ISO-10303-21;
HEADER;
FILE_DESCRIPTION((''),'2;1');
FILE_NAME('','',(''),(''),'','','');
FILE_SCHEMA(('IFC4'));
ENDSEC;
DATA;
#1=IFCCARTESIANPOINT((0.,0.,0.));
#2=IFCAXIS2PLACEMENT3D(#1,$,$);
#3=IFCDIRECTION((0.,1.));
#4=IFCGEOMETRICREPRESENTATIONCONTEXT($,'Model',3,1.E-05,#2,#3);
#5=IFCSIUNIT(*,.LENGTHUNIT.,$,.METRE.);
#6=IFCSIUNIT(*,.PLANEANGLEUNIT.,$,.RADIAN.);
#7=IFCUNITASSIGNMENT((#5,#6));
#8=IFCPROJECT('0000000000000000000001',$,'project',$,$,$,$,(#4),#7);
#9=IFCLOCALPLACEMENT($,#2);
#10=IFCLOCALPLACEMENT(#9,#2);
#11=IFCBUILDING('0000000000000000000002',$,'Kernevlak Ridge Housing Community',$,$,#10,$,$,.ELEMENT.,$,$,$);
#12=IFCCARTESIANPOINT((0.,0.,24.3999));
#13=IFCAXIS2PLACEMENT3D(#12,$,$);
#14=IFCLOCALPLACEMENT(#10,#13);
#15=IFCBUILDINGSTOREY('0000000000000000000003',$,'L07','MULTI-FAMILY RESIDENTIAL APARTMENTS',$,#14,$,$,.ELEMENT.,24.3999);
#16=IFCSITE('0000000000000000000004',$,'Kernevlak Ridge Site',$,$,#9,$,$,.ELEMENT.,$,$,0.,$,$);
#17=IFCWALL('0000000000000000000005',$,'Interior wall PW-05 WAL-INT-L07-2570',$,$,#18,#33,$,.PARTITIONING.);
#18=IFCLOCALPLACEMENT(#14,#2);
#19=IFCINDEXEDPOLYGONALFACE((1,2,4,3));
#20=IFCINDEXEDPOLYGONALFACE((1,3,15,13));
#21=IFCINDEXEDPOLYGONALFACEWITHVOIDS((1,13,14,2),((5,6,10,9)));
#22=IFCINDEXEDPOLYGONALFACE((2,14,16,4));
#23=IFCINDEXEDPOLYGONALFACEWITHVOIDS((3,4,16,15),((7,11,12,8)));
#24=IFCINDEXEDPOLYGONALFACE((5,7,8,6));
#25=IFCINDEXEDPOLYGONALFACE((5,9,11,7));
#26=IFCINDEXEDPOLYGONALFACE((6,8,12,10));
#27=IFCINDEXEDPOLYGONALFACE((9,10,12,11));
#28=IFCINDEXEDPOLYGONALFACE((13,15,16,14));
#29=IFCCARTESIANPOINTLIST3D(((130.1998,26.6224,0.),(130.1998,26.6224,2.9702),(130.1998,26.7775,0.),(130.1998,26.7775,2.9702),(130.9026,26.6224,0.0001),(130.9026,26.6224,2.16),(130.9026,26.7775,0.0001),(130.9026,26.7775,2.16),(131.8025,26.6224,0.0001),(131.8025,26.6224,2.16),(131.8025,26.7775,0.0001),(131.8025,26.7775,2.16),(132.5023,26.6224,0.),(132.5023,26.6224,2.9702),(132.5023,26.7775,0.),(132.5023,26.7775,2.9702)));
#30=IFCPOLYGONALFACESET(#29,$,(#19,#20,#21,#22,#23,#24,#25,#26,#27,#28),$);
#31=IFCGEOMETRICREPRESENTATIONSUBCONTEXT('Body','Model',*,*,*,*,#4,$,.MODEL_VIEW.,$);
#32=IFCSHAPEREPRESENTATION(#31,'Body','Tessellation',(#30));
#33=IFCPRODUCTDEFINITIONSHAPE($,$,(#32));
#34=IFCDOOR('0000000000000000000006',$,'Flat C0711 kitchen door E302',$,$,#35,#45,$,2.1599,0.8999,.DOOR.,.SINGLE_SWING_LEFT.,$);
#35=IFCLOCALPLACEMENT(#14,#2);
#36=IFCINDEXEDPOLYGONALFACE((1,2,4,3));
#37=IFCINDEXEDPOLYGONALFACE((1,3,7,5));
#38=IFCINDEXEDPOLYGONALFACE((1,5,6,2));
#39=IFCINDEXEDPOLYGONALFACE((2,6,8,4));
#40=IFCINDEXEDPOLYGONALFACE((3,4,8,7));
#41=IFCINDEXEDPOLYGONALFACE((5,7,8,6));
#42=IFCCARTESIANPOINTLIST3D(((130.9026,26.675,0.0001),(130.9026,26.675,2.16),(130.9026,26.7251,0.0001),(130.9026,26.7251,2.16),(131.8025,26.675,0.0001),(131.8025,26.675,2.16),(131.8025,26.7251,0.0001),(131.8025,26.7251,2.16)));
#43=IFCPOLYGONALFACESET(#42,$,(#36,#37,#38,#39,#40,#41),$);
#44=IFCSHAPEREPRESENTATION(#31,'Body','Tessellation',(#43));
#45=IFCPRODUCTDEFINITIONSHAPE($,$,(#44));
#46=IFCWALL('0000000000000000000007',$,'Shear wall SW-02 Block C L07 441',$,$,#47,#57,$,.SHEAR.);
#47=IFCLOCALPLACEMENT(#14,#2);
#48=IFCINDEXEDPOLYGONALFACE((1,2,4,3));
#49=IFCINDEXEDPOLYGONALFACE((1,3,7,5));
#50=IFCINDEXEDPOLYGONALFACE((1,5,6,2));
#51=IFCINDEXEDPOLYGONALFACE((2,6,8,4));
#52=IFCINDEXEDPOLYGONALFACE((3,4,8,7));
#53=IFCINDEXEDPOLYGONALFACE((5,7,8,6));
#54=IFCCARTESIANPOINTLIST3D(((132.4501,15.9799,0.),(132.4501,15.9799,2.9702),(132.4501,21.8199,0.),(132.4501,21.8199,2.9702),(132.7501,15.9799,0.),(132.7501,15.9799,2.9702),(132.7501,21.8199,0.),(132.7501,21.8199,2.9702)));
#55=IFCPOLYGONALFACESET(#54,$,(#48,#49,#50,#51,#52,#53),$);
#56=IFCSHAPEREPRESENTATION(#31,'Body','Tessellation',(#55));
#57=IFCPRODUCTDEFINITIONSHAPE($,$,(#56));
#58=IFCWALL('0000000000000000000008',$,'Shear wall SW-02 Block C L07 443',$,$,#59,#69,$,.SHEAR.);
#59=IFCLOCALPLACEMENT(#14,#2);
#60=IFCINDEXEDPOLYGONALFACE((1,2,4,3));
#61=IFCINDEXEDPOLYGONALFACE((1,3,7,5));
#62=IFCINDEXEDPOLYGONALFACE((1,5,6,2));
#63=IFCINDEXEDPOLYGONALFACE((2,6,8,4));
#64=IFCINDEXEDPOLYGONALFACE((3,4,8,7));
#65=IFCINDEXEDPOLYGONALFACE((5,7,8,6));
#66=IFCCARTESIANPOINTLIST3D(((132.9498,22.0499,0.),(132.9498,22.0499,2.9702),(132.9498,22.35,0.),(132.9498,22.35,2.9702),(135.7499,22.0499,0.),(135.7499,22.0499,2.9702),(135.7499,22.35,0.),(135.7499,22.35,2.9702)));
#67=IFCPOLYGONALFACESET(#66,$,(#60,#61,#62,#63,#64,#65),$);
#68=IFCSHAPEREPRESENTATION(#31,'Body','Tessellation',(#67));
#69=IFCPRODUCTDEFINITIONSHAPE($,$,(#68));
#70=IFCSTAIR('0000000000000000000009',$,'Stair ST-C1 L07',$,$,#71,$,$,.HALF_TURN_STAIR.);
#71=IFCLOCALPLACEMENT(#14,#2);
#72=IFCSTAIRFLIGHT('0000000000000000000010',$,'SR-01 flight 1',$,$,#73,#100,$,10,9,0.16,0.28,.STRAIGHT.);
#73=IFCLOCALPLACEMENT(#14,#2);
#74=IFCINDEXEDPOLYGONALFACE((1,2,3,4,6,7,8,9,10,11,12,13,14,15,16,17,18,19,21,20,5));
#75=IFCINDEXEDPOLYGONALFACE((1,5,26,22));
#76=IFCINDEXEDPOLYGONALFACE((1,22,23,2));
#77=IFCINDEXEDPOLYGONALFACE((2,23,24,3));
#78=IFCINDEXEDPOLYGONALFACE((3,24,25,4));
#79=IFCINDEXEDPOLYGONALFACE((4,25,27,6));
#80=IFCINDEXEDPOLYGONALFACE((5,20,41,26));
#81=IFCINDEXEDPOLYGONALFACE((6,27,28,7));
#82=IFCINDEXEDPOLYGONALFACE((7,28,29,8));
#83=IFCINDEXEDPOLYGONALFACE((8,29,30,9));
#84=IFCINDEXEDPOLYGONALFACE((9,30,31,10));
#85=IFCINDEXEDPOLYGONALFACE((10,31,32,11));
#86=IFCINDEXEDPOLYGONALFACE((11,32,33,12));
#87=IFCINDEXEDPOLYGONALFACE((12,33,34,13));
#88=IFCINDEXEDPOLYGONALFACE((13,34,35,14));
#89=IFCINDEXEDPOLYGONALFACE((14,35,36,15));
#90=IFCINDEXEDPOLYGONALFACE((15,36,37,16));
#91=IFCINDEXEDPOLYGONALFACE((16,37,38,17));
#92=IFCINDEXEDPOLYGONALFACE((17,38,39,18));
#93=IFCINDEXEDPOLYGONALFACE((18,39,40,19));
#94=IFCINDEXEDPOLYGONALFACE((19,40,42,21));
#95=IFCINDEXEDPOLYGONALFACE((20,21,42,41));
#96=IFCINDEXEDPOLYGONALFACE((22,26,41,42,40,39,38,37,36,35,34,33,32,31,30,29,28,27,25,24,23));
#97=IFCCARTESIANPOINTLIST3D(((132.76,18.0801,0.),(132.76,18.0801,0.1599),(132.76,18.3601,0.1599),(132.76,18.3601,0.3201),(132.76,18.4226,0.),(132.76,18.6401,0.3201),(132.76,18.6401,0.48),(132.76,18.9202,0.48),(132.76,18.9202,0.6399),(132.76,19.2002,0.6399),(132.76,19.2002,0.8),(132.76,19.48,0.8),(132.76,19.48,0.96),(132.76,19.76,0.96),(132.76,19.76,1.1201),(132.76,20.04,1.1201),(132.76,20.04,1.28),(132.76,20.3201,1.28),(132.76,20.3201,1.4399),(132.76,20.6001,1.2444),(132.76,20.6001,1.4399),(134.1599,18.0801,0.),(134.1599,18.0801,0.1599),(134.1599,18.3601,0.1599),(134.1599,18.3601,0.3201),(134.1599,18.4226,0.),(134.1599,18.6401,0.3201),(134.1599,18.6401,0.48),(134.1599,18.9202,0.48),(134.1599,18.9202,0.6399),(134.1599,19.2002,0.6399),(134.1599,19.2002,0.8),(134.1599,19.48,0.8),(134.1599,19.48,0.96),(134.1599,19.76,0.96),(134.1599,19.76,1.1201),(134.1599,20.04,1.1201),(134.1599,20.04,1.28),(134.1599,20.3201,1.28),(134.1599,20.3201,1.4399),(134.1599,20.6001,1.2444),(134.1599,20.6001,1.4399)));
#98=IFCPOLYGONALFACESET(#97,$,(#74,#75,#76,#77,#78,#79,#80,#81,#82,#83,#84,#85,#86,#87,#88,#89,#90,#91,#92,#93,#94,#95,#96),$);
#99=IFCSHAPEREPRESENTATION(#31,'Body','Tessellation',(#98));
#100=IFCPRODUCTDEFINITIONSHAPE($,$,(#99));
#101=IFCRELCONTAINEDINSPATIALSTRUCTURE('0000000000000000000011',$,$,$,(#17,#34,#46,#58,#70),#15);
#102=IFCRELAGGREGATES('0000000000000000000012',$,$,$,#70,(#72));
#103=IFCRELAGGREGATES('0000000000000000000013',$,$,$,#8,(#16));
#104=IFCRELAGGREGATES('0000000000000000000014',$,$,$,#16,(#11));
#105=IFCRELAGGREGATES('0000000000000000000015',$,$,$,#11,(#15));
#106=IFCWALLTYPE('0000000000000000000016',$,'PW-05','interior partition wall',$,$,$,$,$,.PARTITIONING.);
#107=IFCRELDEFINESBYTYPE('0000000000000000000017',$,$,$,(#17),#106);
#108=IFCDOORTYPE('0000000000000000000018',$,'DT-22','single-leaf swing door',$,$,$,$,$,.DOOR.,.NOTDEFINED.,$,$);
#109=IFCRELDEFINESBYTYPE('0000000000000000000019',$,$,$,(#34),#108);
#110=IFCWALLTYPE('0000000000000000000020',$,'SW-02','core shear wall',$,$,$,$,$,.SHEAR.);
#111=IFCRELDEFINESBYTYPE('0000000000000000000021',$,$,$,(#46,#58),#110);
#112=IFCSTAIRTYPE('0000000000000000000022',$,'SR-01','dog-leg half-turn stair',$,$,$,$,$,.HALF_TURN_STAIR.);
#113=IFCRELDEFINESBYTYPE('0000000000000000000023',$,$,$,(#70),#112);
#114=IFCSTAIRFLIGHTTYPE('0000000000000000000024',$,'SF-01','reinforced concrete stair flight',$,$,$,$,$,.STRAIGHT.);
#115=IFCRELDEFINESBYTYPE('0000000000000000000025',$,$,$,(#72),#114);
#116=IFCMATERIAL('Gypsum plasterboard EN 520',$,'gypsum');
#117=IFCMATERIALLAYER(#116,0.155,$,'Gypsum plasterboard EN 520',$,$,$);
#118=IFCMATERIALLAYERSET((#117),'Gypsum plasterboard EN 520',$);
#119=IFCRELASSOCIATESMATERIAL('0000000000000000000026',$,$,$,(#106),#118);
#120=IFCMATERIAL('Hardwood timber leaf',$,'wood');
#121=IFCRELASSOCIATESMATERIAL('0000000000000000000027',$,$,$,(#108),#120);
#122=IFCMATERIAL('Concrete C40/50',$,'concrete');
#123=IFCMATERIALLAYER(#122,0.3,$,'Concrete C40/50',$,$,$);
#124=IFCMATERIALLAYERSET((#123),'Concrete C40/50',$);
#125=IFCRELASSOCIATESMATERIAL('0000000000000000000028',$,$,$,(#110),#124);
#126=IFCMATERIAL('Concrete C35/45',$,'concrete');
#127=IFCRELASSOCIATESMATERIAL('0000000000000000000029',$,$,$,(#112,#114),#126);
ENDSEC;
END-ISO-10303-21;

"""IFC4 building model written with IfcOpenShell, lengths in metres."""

from ifc_helpers import new_model, si_unit, direction, frame, frame_2d, origin, place, context, subcontext, project, spatial, polyline, rectangle, outline, extrude, material, layer, layer_set, type_object, element, fill, aggregate, save


model = new_model("IFC4")

# Units and contexts
model_context = context("Model", 3, precision=1e-05, world=origin(), true_north=direction((0.0, 1.0)))
body_context = subcontext(model_context, "Body", "Model", "MODEL_VIEW")
ifc_project = project(units=[si_unit("LENGTHUNIT", "METRE"), si_unit("PLANEANGLEUNIT", "RADIAN")], contexts=[model_context])

# Site, building, storey
site_placement = place(None, origin())
site = spatial("IfcSite", under=ifc_project, at=site_placement, Name="Kernevlak Ridge Site", CompositionType="ELEMENT", RefElevation=0.0)
building_placement = place(site_placement, origin())
building = spatial("IfcBuilding", under=site, at=building_placement, Name="Kernevlak Ridge Housing Community", CompositionType="ELEMENT")
storey_placement = place(building_placement, frame((0.0, 0.0, 24.3999)))
storey = spatial("IfcBuildingStorey", under=building, at=storey_placement, Name="L07", Description="MULTI-FAMILY RESIDENTIAL APARTMENTS", CompositionType="ELEMENT", Elevation=24.3999)

# Shared definitions
ifc_material_1 = material(Name="Concrete C35/45", Category="concrete")

# Shared definitions
ifc_material_2 = material(Name="Gypsum plasterboard EN 520", Category="gypsum")

# Wall, opening, door
ifc_layer_1 = layer(ifc_material_2, 0.155, Name="Gypsum plasterboard EN 520")
ifc_layer_set_1 = layer_set([ifc_layer_1], Name="Gypsum plasterboard EN 520")
wall_type_1 = type_object("IfcWallType", Name="PW-05", Description="interior partition wall", PredefinedType="PARTITIONING", material=ifc_layer_set_1)
wall_1_placement = place(storey_placement, frame((132.5024, 26.7, 0.0), z_axis=(0.0, 0.0, 1.0), x_axis=(-1.0, 0.0, 0.0)))
wall_1 = element("IfcWall", 1, at=wall_1_placement, inside=storey, type_object=wall_type_1, Name="Interior wall PW-05 WAL-INT-L07-2570", PredefinedType="PARTITIONING", context=body_context, shape_type="SweptSolid", body=[
    extrude(rectangle(XDim=2.3025, YDim=0.155, at=frame_2d((1.1514, 0.0))), origin(), (0.0, 0.0, 1.0), 2.9702),
])
opening_1_placement = place(wall_1_placement, frame((0.7, 0.0, 0.0)))
opening_1 = element("IfcOpeningElement", 2, at=opening_1_placement, cuts=wall_1, PredefinedType="OPENING", context=body_context, shape_type="SweptSolid", body=[
    extrude(rectangle(XDim=0.8999, YDim=2.1599, at=frame_2d((0.45, 1.0801))), frame((0.0, 0.0874, 0.0), z_axis=(0.0, -1.0, 0.0), x_axis=(1.0, 0.0, 0.0)), (0.0, 0.0, 1.0), 0.175),
])
ifc_material_3 = material(Name="Hardwood timber leaf", Category="wood")
door_type_1 = type_object("IfcDoorType", Name="DT-22", Description="single-leaf swing door", OperationType="NOTDEFINED", PredefinedType="DOOR", material=ifc_material_3)
door_1_placement = place(opening_1_placement, origin())
door_1 = element("IfcDoor", 3, at=door_1_placement, inside=storey, type_object=door_type_1, Name="Flat C0711 kitchen door E302", OperationType="SINGLE_SWING_LEFT", OverallHeight=2.1599, OverallWidth=0.8999, PredefinedType="DOOR", context=body_context, shape_type="SweptSolid", body=[
    extrude(rectangle(XDim=0.8999, YDim=2.1599, at=frame_2d((0.45, 1.0801))), frame((0.0, 0.0249, 0.0), z_axis=(0.0, -1.0, 0.0), x_axis=(1.0, 0.0, 0.0)), (0.0, 0.0, 1.0), 0.05),
])
fill(opening_1, door_1)

# Walls
ifc_material_4 = material(Name="Concrete C40/50", Category="concrete")
ifc_layer_2 = layer(ifc_material_4, 0.3, Name="Concrete C40/50")
ifc_layer_set_2 = layer_set([ifc_layer_2], Name="Concrete C40/50")
wall_type_2 = type_object("IfcWallType", Name="SW-02", Description="core shear wall", PredefinedType="SHEAR", material=ifc_layer_set_2)
wall_2_placement = place(storey_placement, frame((132.6001, 15.98, 0.0), z_axis=(0.0, 0.0, 1.0), x_axis=(0.0, 1.0, 0.0)))
element("IfcWall", 4, at=wall_2_placement, inside=storey, type_object=wall_type_2, Name="Shear wall SW-02 Block C L07 441", PredefinedType="SHEAR", context=body_context, shape_type="SweptSolid", body=[
    extrude(rectangle(XDim=5.8401, YDim=0.3, at=frame_2d((2.9199, 0.0))), origin(), (0.0, 0.0, 1.0), 2.9702),
])
wall_3_placement = place(storey_placement, frame((132.95, 22.2, 0.0), z_axis=(0.0, 0.0, 1.0), x_axis=(1.0, 0.0, 0.0)))
element("IfcWall", 5, at=wall_3_placement, inside=storey, type_object=wall_type_2, Name="Shear wall SW-02 Block C L07 443", PredefinedType="SHEAR", context=body_context, shape_type="SweptSolid", body=[
    extrude(rectangle(XDim=2.8, YDim=0.3, at=frame_2d((1.3999, 0.0))), origin(), (0.0, 0.0, 1.0), 2.9702),
])

# Stair, stair flight
stair_type = type_object("IfcStairType", Name="SR-01", Description="dog-leg half-turn stair", PredefinedType="HALF_TURN_STAIR", material=ifc_material_1)
stair_placement = place(storey_placement, origin())
stair = element("IfcStair", 6, at=stair_placement, inside=storey, type_object=stair_type, Name="Stair ST-C1 L07", PredefinedType="HALF_TURN_STAIR")
stair_flight_type = type_object("IfcStairFlightType", Name="SF-01", Description="reinforced concrete stair flight", PredefinedType="STRAIGHT", material=ifc_material_1)
stair_flight_placement = place(storey_placement, frame((133.46, 18.0801, 0.0), z_axis=(0.0, 0.0, 1.0), x_axis=(0.0, 1.0, 0.0)))
stair_flight = element("IfcStairFlight", 7, at=stair_flight_placement, type_object=stair_flight_type, Name="SR-01 flight 1", NumberOfRisers=10, NumberOfTreads=9, PredefinedType="STRAIGHT", RiserHeight=0.16, TreadLength=0.28, context=body_context, shape_type="SweptSolid", body=[
    extrude(outline(polyline([(0.0, 0.0), (0.0, 0.1599), (0.28, 0.1599), (0.28, 0.3201), (0.5601, 0.3201), (0.5601, 0.48), (0.8401, 0.48), (0.8401, 0.6399), (1.1201, 0.6399), (1.1201, 0.8), (1.3999, 0.8), (1.3999, 0.96), (1.6799, 0.96), (1.6799, 1.1201), (1.96, 1.1201), (1.96, 1.28), (2.24, 1.28), (2.24, 1.4399), (2.52, 1.4399), (2.52, 1.6001), (2.52, 1.2444), (0.3425, 0.0), (0.0, 0.0)])), frame((0.0, 0.7, 0.0), z_axis=(0.0, -1.0, 0.0), x_axis=(1.0, 0.0, 0.0)), (0.0, 0.0, 1.0), 1.3999),
])
aggregate(stair, [stair_flight])

save(model, "model.ifc")
